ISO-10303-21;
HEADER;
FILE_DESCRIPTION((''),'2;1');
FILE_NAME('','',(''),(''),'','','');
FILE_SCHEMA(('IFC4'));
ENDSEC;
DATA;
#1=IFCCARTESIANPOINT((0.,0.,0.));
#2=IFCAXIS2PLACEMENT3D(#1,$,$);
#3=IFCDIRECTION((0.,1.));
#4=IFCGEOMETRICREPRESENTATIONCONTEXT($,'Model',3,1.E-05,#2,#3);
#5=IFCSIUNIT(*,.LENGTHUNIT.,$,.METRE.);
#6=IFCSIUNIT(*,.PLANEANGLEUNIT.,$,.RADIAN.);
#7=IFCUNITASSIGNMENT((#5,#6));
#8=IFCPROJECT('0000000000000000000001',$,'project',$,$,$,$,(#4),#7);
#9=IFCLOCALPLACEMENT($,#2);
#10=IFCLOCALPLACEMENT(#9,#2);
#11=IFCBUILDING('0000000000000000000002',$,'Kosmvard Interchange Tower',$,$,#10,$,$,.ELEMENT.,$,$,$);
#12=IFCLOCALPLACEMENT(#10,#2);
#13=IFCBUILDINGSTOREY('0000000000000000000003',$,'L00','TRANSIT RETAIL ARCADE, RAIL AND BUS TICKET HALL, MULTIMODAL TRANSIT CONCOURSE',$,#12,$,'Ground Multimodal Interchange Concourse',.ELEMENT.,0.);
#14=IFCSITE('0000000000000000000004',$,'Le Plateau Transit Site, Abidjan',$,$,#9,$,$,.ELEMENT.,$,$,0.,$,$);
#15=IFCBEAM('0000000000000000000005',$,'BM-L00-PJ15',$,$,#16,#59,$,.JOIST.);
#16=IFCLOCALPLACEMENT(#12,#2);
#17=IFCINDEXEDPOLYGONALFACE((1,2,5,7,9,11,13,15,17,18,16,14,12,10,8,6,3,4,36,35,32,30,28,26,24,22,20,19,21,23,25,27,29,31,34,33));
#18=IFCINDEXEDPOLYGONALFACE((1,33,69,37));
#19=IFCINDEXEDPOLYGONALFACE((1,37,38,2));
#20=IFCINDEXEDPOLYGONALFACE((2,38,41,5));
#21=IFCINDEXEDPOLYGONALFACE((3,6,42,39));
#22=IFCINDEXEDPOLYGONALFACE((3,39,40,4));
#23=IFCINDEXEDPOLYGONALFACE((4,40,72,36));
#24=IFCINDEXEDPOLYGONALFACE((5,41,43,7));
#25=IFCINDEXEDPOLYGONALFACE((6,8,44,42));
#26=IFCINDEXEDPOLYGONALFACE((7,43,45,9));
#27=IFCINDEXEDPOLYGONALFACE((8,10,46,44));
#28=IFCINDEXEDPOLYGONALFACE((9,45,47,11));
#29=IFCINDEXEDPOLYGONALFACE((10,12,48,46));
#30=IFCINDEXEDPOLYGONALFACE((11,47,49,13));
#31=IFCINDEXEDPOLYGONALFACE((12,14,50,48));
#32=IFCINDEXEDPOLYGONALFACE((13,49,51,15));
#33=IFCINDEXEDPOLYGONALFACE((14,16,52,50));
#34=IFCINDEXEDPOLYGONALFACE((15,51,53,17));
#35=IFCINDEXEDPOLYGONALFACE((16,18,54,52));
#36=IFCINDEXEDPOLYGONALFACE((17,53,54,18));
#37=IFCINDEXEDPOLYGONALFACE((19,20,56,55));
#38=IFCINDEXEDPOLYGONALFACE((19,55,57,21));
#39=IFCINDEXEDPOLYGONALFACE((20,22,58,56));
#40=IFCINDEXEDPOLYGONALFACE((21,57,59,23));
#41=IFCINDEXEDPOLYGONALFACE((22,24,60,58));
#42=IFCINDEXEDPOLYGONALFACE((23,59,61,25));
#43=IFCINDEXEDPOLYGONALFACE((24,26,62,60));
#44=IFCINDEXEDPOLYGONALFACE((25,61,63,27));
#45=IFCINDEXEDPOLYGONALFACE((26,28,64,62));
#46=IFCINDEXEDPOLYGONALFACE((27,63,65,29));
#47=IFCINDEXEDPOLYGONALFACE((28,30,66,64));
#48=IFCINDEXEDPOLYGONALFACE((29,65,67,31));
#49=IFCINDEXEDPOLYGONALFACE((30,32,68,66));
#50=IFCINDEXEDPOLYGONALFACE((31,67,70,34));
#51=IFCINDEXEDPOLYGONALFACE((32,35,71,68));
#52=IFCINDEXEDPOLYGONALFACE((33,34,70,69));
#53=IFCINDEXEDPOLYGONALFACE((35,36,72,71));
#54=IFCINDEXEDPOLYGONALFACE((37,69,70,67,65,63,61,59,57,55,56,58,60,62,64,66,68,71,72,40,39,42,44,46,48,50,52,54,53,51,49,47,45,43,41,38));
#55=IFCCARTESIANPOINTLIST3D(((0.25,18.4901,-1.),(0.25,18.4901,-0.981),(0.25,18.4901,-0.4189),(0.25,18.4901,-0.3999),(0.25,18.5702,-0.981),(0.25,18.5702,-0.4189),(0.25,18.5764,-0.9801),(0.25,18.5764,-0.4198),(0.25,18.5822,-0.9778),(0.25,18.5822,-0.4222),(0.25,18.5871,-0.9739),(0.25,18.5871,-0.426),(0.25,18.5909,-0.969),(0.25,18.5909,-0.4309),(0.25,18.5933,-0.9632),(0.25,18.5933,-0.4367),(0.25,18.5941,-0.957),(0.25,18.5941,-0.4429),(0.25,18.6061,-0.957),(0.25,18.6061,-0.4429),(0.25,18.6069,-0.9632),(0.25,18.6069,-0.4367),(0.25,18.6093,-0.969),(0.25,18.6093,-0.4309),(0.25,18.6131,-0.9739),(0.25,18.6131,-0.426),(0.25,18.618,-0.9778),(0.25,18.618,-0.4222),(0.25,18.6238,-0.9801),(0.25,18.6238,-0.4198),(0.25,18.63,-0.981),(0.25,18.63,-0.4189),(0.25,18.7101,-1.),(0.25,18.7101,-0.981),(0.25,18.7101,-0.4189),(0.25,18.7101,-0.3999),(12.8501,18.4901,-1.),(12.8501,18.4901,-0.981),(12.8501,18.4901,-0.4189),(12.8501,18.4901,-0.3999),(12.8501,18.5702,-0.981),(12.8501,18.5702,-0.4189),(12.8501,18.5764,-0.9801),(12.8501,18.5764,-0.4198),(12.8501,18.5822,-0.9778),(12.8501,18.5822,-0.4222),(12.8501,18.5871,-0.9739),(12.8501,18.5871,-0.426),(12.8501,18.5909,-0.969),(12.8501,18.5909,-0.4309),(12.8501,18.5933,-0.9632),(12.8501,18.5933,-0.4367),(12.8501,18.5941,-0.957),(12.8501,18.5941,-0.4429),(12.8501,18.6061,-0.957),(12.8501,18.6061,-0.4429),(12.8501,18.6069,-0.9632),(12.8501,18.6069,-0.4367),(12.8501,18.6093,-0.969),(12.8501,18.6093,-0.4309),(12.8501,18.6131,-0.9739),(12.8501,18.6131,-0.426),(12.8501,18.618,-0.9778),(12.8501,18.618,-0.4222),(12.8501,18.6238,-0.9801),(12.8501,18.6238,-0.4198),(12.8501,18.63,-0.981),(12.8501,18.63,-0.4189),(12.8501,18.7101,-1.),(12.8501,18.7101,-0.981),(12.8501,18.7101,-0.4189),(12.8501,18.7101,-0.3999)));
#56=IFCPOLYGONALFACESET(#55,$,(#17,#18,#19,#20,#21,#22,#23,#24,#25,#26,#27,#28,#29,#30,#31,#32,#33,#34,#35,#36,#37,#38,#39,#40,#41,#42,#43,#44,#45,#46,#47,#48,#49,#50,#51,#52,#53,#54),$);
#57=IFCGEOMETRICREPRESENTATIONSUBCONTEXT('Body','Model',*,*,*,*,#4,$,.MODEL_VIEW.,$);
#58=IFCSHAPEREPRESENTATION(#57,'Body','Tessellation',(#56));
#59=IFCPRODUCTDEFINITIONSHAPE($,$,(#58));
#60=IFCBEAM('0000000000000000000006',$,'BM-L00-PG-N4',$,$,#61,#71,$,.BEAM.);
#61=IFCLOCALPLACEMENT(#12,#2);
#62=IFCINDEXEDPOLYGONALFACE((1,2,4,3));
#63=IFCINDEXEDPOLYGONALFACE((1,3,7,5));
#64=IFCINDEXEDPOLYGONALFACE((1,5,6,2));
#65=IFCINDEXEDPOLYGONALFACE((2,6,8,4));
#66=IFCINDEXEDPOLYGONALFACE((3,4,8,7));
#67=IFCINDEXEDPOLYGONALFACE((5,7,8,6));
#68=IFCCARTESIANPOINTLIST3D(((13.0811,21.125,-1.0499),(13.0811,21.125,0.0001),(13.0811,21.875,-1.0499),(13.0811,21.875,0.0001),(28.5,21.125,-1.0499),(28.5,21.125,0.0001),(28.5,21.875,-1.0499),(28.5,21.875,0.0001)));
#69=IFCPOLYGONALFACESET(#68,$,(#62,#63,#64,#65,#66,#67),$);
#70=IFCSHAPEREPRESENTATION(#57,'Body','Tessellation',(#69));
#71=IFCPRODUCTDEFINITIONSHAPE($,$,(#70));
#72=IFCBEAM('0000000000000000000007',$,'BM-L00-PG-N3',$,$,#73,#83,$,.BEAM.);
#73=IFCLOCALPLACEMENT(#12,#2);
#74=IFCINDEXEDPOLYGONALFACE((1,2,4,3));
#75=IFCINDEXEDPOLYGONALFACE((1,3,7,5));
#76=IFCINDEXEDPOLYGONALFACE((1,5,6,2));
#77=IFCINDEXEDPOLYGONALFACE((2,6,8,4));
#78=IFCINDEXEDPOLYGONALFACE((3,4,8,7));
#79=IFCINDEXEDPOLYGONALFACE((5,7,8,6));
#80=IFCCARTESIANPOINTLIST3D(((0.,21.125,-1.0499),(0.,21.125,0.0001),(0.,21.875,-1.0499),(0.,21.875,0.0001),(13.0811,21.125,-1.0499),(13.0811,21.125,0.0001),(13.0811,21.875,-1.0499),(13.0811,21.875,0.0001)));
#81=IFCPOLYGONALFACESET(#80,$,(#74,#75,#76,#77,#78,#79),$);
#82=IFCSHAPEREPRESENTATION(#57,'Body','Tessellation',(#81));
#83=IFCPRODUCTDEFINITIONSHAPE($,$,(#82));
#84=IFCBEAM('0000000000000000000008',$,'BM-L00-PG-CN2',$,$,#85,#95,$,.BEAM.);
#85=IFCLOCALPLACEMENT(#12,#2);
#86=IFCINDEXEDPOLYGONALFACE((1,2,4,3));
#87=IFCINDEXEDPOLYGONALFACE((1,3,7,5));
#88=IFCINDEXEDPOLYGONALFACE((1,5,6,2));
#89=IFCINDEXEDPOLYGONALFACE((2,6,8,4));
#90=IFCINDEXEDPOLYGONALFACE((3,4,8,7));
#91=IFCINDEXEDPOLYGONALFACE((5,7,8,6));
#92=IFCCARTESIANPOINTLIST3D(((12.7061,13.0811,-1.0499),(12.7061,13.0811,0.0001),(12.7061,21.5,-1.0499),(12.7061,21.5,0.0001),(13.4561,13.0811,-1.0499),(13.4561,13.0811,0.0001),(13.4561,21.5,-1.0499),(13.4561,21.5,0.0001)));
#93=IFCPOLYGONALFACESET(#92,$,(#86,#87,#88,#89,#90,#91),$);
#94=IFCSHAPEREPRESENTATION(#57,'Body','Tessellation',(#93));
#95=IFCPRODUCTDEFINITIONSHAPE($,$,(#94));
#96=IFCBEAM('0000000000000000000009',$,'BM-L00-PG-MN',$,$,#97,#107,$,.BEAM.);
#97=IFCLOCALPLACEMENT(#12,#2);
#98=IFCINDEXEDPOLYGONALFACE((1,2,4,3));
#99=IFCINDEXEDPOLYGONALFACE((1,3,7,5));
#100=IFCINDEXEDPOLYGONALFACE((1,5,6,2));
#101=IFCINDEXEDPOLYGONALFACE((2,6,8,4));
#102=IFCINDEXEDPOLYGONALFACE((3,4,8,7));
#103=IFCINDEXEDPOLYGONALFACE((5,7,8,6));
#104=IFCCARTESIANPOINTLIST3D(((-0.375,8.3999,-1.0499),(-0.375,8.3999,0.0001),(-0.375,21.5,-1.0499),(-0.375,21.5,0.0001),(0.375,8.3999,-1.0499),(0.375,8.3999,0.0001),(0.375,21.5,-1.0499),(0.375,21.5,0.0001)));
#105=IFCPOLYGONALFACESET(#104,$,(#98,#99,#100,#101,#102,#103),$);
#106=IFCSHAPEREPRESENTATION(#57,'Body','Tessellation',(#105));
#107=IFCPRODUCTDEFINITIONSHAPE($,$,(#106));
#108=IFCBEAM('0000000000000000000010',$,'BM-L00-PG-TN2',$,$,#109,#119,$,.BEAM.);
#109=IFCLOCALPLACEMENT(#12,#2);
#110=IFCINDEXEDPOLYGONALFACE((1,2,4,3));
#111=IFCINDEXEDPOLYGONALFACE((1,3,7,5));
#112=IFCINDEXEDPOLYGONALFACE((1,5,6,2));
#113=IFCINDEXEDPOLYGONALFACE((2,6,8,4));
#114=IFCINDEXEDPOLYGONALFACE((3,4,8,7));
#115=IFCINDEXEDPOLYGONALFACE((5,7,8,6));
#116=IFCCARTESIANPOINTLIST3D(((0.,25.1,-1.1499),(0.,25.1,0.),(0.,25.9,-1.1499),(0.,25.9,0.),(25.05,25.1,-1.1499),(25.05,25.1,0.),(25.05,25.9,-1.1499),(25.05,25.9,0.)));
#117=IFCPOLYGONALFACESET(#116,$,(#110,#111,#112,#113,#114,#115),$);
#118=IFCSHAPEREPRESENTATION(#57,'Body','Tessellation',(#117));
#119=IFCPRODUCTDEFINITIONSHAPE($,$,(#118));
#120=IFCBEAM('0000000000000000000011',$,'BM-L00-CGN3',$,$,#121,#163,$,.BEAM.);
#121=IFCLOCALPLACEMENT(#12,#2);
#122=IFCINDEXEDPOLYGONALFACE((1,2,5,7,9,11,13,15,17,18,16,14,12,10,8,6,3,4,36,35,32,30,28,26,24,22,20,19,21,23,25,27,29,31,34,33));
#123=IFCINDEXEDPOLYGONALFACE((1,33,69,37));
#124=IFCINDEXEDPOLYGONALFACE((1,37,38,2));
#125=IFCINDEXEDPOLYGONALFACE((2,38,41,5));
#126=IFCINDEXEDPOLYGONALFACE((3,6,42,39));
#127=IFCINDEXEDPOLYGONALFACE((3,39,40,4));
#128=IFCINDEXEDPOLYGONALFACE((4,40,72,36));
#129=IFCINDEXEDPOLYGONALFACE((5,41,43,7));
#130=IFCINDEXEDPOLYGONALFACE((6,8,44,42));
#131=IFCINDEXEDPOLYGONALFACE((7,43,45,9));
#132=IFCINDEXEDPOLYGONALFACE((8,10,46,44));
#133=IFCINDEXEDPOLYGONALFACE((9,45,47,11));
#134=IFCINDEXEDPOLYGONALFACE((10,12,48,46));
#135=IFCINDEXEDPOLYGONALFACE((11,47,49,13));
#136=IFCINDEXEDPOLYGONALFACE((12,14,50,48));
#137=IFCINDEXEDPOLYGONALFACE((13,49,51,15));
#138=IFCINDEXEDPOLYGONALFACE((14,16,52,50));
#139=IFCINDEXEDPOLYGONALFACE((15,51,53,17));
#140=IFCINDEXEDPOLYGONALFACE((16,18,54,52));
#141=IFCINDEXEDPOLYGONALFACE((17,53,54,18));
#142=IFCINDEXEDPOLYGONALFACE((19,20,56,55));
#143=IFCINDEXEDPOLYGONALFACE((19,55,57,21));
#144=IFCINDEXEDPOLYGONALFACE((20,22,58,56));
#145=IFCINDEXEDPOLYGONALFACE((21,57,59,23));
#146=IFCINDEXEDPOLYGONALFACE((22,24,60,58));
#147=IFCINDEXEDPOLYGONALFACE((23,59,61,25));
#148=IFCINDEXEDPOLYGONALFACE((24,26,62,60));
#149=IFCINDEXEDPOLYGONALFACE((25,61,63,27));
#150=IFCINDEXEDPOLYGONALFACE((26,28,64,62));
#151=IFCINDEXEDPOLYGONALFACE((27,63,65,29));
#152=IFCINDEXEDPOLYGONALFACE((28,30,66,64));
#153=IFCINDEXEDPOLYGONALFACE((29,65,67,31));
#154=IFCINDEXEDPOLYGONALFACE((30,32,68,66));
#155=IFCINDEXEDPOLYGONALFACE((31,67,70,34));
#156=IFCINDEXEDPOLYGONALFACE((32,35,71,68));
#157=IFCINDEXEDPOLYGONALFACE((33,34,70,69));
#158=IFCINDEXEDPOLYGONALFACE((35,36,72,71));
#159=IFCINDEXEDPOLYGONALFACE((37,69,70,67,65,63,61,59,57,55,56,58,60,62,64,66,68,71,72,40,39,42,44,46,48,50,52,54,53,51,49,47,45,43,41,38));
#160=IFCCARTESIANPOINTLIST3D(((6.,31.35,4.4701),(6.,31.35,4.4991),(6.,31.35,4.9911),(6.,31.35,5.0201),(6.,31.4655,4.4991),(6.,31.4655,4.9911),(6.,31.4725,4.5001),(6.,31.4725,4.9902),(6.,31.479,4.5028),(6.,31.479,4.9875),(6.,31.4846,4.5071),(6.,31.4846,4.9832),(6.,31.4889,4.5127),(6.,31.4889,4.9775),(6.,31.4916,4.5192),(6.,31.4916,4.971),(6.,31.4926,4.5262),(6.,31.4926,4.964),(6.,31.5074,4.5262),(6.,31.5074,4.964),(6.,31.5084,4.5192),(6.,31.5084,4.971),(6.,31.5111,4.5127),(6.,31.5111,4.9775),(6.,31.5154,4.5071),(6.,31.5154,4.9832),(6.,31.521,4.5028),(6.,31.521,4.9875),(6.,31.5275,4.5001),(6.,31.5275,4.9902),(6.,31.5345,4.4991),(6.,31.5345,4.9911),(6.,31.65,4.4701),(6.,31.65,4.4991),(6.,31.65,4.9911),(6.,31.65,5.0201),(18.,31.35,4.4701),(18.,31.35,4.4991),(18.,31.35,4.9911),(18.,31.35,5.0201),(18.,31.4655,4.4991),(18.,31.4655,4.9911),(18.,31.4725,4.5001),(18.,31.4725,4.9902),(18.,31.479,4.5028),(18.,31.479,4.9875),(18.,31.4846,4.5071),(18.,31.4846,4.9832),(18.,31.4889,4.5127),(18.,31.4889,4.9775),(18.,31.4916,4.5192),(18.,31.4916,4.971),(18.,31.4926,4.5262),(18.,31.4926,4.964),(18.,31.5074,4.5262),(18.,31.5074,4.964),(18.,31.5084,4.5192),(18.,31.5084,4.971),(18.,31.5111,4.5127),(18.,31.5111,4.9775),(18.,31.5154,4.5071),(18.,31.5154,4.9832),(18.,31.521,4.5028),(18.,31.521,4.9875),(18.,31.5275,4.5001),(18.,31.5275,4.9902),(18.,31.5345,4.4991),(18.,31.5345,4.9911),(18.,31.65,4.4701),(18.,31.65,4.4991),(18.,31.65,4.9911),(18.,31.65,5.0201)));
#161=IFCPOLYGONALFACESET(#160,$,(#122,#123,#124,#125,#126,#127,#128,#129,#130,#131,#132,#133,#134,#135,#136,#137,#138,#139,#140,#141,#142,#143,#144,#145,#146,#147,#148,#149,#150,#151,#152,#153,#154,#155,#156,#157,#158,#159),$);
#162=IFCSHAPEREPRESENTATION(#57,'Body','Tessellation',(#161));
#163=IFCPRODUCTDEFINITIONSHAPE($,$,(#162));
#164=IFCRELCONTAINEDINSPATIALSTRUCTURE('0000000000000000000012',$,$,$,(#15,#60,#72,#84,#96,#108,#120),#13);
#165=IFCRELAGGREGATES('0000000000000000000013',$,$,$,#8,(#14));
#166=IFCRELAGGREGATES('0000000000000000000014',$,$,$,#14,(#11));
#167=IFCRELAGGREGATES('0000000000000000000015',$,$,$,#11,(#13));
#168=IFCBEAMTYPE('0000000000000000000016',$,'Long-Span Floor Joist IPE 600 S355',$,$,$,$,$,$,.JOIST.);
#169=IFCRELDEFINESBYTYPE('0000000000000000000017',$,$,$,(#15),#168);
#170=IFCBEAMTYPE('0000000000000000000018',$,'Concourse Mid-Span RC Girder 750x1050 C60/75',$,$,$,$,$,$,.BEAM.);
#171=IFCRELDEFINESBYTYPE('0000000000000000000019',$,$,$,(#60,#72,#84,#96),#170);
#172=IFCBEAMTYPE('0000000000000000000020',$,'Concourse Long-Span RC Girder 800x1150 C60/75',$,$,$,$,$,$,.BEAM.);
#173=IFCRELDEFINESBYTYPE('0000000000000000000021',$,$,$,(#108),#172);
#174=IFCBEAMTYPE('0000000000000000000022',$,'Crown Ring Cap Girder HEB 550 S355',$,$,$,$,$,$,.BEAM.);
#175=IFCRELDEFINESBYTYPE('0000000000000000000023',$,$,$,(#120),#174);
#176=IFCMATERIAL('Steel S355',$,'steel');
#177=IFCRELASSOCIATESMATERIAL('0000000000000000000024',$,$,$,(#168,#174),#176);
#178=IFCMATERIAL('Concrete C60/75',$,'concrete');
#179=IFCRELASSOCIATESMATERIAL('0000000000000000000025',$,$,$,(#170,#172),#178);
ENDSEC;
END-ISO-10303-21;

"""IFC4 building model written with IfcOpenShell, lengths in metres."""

from ifc_helpers import new_model, si_unit, direction, frame, origin, origin_2d, place, context, subcontext, project, spatial, rectangle, i_section, extrude, source, transform, mapped, material, material_profile, profile_set, type_object, element, save


model = new_model("IFC4")

# Units and contexts
model_context = context("Model", 3, precision=1e-05, world=origin(), true_north=direction((0.0, 1.0)))
body_context = subcontext(model_context, "Body", "Model", "MODEL_VIEW")
ifc_project = project(units=[si_unit("LENGTHUNIT", "METRE"), si_unit("PLANEANGLEUNIT", "RADIAN")], contexts=[model_context])

# Site, building, storey
site_placement = place(None, origin())
site = spatial("IfcSite", under=ifc_project, at=site_placement, Name="Le Plateau Transit Site, Abidjan", CompositionType="ELEMENT", RefElevation=0.0)
building_placement = place(site_placement, origin())
building = spatial("IfcBuilding", under=site, at=building_placement, Name="Kosmvard Interchange Tower", CompositionType="ELEMENT")
storey_placement = place(building_placement, origin())
storey = spatial("IfcBuildingStorey", under=building, at=storey_placement, Name="L00", Description="TRANSIT RETAIL ARCADE, RAIL AND BUS TICKET HALL, MULTIMODAL TRANSIT CONCOURSE", LongName="Ground Multimodal Interchange Concourse", CompositionType="ELEMENT", Elevation=0.0)

# Shared definitions
ifc_material_1 = material(Name="Concrete C60/75", Category="concrete")
ifc_material_2 = material(Name="Steel S355", Category="steel")

# Beams
ifc_material_profile_1 = material_profile(ifc_material_2, i_section(OverallWidth=0.22, OverallDepth=0.6001, WebThickness=0.012, FlangeThickness=0.019, FilletRadius=0.0239, at=origin_2d()), Name="IPE 600")
ifc_profile_set_1 = profile_set([ifc_material_profile_1], Name="Steel S355")
beam_type_1 = type_object("IfcBeamType", Name="Long-Span Floor Joist IPE 600 S355", PredefinedType="JOIST", material=ifc_profile_set_1)
shared_shape_1 = source(origin(), body_context, "Body", "SweptSolid", [
    extrude(i_section(OverallWidth=0.22, OverallDepth=0.6001, WebThickness=0.012, FlangeThickness=0.019, FilletRadius=0.0239, at=origin_2d()), origin(), (0.0, 0.0, 1.0), 12.6001),
])
for number, where, z_axis, x_axis, name in (
    (1, (0.25, 18.6001, -0.7), (1.0, 0.0, 0.0), (0.0, 1.0, 0.0), "BM-L00-PJ15"),
):
    element("IfcBeam", number, at=place(storey_placement, frame(where, z_axis=z_axis, x_axis=x_axis)), inside=storey, type_object=beam_type_1, Name=name, PredefinedType="JOIST", context=body_context, shape_type="MappedRepresentation", body=[
        mapped(shared_shape_1, transform((0.0, 0.0, 0.0), scale=1.0)),
    ])
ifc_material_profile_2 = material_profile(ifc_material_1, rectangle(XDim=0.75, YDim=1.05, at=origin_2d()), Name="RCG 750x1050")
ifc_profile_set_2 = profile_set([ifc_material_profile_2], Name="Concrete C60/75")
beam_type_2 = type_object("IfcBeamType", Name="Concourse Mid-Span RC Girder 750x1050 C60/75", PredefinedType="BEAM", material=ifc_profile_set_2)
shared_shape_2 = source(origin(), body_context, "Body", "SweptSolid", [
    extrude(rectangle(XDim=0.75, YDim=1.05, at=origin_2d()), origin(), (0.0, 0.0, 1.0), 15.4189),
])
beam_1_placement = place(storey_placement, frame((13.0811, 21.5, -0.5249), z_axis=(1.0, 0.0, 0.0), x_axis=(0.0, 1.0, 0.0)))
element("IfcBeam", 2, at=beam_1_placement, inside=storey, type_object=beam_type_2, Name="BM-L00-PG-N4", PredefinedType="BEAM", context=body_context, shape_type="MappedRepresentation", body=[
    mapped(shared_shape_2, transform((0.0, 0.0, 0.0), scale=1.0)),
])
shared_shape_3 = source(origin(), body_context, "Body", "SweptSolid", [
    extrude(rectangle(XDim=0.75, YDim=1.05, at=origin_2d()), origin(), (0.0, 0.0, 1.0), 13.0811),
])
beam_2_placement = place(storey_placement, frame((0.0, 21.5, -0.5249), z_axis=(1.0, 0.0, 0.0), x_axis=(0.0, 1.0, 0.0)))
element("IfcBeam", 3, at=beam_2_placement, inside=storey, type_object=beam_type_2, Name="BM-L00-PG-N3", PredefinedType="BEAM", context=body_context, shape_type="MappedRepresentation", body=[
    mapped(shared_shape_3, transform((0.0, 0.0, 0.0), scale=1.0)),
])
shared_shape_4 = source(origin(), body_context, "Body", "SweptSolid", [
    extrude(rectangle(XDim=0.75, YDim=1.05, at=origin_2d()), origin(), (0.0, 0.0, 1.0), 8.4189),
])
beam_3_placement = place(storey_placement, frame((13.0811, 21.5, -0.5249), z_axis=(0.0, -1.0, 0.0), x_axis=(1.0, 0.0, 0.0)))
element("IfcBeam", 4, at=beam_3_placement, inside=storey, type_object=beam_type_2, Name="BM-L00-PG-CN2", PredefinedType="BEAM", context=body_context, shape_type="MappedRepresentation", body=[
    mapped(shared_shape_4, transform((0.0, 0.0, 0.0), scale=1.0)),
])
shared_shape_5 = source(origin(), body_context, "Body", "SweptSolid", [
    extrude(rectangle(XDim=0.75, YDim=1.05, at=origin_2d()), origin(), (0.0, 0.0, 1.0), 13.1001),
])
beam_4_placement = place(storey_placement, frame((0.0, 21.5, -0.5249), z_axis=(0.0, -1.0, 0.0), x_axis=(1.0, 0.0, 0.0)))
element("IfcBeam", 5, at=beam_4_placement, inside=storey, type_object=beam_type_2, Name="BM-L00-PG-MN", PredefinedType="BEAM", context=body_context, shape_type="MappedRepresentation", body=[
    mapped(shared_shape_5, transform((0.0, 0.0, 0.0), scale=1.0)),
])
ifc_material_profile_3 = material_profile(ifc_material_1, rectangle(XDim=0.8, YDim=1.1499, at=origin_2d()), Name="RCG 800x1150")
ifc_profile_set_3 = profile_set([ifc_material_profile_3], Name="Concrete C60/75")
beam_type_3 = type_object("IfcBeamType", Name="Concourse Long-Span RC Girder 800x1150 C60/75", PredefinedType="BEAM", material=ifc_profile_set_3)
shared_shape_6 = source(origin(), body_context, "Body", "SweptSolid", [
    extrude(rectangle(XDim=0.8, YDim=1.1499, at=origin_2d()), origin(), (0.0, 0.0, 1.0), 25.05),
])
beam_5_placement = place(storey_placement, frame((0.0, 25.5, -0.575), z_axis=(1.0, 0.0, 0.0), x_axis=(0.0, 1.0, 0.0)))
element("IfcBeam", 6, at=beam_5_placement, inside=storey, type_object=beam_type_3, Name="BM-L00-PG-TN2", PredefinedType="BEAM", context=body_context, shape_type="MappedRepresentation", body=[
    mapped(shared_shape_6, transform((0.0, 0.0, 0.0), scale=1.0)),
])
ifc_material_profile_4 = material_profile(ifc_material_2, i_section(OverallWidth=0.3, OverallDepth=0.55, WebThickness=0.0149, FlangeThickness=0.0291, FilletRadius=0.0271, at=origin_2d()), Name="HEB 550")
ifc_profile_set_4 = profile_set([ifc_material_profile_4], Name="Steel S355")
beam_type_4 = type_object("IfcBeamType", Name="Crown Ring Cap Girder HEB 550 S355", PredefinedType="BEAM", material=ifc_profile_set_4)
shared_shape_7 = source(origin(), body_context, "Body", "SweptSolid", [
    extrude(i_section(OverallWidth=0.3, OverallDepth=0.55, WebThickness=0.0149, FlangeThickness=0.0291, FilletRadius=0.0271, at=origin_2d()), origin(), (0.0, 0.0, 1.0), 12.0),
])
beam_6_placement = place(storey_placement, frame((6.0, 31.5, 4.7451), z_axis=(1.0, 0.0, 0.0), x_axis=(0.0, 1.0, 0.0)))
element("IfcBeam", 7, at=beam_6_placement, inside=storey, type_object=beam_type_4, Name="BM-L00-CGN3", PredefinedType="BEAM", context=body_context, shape_type="MappedRepresentation", body=[
    mapped(shared_shape_7, transform((0.0, 0.0, 0.0), scale=1.0)),
])

save(model, "model.ifc")
